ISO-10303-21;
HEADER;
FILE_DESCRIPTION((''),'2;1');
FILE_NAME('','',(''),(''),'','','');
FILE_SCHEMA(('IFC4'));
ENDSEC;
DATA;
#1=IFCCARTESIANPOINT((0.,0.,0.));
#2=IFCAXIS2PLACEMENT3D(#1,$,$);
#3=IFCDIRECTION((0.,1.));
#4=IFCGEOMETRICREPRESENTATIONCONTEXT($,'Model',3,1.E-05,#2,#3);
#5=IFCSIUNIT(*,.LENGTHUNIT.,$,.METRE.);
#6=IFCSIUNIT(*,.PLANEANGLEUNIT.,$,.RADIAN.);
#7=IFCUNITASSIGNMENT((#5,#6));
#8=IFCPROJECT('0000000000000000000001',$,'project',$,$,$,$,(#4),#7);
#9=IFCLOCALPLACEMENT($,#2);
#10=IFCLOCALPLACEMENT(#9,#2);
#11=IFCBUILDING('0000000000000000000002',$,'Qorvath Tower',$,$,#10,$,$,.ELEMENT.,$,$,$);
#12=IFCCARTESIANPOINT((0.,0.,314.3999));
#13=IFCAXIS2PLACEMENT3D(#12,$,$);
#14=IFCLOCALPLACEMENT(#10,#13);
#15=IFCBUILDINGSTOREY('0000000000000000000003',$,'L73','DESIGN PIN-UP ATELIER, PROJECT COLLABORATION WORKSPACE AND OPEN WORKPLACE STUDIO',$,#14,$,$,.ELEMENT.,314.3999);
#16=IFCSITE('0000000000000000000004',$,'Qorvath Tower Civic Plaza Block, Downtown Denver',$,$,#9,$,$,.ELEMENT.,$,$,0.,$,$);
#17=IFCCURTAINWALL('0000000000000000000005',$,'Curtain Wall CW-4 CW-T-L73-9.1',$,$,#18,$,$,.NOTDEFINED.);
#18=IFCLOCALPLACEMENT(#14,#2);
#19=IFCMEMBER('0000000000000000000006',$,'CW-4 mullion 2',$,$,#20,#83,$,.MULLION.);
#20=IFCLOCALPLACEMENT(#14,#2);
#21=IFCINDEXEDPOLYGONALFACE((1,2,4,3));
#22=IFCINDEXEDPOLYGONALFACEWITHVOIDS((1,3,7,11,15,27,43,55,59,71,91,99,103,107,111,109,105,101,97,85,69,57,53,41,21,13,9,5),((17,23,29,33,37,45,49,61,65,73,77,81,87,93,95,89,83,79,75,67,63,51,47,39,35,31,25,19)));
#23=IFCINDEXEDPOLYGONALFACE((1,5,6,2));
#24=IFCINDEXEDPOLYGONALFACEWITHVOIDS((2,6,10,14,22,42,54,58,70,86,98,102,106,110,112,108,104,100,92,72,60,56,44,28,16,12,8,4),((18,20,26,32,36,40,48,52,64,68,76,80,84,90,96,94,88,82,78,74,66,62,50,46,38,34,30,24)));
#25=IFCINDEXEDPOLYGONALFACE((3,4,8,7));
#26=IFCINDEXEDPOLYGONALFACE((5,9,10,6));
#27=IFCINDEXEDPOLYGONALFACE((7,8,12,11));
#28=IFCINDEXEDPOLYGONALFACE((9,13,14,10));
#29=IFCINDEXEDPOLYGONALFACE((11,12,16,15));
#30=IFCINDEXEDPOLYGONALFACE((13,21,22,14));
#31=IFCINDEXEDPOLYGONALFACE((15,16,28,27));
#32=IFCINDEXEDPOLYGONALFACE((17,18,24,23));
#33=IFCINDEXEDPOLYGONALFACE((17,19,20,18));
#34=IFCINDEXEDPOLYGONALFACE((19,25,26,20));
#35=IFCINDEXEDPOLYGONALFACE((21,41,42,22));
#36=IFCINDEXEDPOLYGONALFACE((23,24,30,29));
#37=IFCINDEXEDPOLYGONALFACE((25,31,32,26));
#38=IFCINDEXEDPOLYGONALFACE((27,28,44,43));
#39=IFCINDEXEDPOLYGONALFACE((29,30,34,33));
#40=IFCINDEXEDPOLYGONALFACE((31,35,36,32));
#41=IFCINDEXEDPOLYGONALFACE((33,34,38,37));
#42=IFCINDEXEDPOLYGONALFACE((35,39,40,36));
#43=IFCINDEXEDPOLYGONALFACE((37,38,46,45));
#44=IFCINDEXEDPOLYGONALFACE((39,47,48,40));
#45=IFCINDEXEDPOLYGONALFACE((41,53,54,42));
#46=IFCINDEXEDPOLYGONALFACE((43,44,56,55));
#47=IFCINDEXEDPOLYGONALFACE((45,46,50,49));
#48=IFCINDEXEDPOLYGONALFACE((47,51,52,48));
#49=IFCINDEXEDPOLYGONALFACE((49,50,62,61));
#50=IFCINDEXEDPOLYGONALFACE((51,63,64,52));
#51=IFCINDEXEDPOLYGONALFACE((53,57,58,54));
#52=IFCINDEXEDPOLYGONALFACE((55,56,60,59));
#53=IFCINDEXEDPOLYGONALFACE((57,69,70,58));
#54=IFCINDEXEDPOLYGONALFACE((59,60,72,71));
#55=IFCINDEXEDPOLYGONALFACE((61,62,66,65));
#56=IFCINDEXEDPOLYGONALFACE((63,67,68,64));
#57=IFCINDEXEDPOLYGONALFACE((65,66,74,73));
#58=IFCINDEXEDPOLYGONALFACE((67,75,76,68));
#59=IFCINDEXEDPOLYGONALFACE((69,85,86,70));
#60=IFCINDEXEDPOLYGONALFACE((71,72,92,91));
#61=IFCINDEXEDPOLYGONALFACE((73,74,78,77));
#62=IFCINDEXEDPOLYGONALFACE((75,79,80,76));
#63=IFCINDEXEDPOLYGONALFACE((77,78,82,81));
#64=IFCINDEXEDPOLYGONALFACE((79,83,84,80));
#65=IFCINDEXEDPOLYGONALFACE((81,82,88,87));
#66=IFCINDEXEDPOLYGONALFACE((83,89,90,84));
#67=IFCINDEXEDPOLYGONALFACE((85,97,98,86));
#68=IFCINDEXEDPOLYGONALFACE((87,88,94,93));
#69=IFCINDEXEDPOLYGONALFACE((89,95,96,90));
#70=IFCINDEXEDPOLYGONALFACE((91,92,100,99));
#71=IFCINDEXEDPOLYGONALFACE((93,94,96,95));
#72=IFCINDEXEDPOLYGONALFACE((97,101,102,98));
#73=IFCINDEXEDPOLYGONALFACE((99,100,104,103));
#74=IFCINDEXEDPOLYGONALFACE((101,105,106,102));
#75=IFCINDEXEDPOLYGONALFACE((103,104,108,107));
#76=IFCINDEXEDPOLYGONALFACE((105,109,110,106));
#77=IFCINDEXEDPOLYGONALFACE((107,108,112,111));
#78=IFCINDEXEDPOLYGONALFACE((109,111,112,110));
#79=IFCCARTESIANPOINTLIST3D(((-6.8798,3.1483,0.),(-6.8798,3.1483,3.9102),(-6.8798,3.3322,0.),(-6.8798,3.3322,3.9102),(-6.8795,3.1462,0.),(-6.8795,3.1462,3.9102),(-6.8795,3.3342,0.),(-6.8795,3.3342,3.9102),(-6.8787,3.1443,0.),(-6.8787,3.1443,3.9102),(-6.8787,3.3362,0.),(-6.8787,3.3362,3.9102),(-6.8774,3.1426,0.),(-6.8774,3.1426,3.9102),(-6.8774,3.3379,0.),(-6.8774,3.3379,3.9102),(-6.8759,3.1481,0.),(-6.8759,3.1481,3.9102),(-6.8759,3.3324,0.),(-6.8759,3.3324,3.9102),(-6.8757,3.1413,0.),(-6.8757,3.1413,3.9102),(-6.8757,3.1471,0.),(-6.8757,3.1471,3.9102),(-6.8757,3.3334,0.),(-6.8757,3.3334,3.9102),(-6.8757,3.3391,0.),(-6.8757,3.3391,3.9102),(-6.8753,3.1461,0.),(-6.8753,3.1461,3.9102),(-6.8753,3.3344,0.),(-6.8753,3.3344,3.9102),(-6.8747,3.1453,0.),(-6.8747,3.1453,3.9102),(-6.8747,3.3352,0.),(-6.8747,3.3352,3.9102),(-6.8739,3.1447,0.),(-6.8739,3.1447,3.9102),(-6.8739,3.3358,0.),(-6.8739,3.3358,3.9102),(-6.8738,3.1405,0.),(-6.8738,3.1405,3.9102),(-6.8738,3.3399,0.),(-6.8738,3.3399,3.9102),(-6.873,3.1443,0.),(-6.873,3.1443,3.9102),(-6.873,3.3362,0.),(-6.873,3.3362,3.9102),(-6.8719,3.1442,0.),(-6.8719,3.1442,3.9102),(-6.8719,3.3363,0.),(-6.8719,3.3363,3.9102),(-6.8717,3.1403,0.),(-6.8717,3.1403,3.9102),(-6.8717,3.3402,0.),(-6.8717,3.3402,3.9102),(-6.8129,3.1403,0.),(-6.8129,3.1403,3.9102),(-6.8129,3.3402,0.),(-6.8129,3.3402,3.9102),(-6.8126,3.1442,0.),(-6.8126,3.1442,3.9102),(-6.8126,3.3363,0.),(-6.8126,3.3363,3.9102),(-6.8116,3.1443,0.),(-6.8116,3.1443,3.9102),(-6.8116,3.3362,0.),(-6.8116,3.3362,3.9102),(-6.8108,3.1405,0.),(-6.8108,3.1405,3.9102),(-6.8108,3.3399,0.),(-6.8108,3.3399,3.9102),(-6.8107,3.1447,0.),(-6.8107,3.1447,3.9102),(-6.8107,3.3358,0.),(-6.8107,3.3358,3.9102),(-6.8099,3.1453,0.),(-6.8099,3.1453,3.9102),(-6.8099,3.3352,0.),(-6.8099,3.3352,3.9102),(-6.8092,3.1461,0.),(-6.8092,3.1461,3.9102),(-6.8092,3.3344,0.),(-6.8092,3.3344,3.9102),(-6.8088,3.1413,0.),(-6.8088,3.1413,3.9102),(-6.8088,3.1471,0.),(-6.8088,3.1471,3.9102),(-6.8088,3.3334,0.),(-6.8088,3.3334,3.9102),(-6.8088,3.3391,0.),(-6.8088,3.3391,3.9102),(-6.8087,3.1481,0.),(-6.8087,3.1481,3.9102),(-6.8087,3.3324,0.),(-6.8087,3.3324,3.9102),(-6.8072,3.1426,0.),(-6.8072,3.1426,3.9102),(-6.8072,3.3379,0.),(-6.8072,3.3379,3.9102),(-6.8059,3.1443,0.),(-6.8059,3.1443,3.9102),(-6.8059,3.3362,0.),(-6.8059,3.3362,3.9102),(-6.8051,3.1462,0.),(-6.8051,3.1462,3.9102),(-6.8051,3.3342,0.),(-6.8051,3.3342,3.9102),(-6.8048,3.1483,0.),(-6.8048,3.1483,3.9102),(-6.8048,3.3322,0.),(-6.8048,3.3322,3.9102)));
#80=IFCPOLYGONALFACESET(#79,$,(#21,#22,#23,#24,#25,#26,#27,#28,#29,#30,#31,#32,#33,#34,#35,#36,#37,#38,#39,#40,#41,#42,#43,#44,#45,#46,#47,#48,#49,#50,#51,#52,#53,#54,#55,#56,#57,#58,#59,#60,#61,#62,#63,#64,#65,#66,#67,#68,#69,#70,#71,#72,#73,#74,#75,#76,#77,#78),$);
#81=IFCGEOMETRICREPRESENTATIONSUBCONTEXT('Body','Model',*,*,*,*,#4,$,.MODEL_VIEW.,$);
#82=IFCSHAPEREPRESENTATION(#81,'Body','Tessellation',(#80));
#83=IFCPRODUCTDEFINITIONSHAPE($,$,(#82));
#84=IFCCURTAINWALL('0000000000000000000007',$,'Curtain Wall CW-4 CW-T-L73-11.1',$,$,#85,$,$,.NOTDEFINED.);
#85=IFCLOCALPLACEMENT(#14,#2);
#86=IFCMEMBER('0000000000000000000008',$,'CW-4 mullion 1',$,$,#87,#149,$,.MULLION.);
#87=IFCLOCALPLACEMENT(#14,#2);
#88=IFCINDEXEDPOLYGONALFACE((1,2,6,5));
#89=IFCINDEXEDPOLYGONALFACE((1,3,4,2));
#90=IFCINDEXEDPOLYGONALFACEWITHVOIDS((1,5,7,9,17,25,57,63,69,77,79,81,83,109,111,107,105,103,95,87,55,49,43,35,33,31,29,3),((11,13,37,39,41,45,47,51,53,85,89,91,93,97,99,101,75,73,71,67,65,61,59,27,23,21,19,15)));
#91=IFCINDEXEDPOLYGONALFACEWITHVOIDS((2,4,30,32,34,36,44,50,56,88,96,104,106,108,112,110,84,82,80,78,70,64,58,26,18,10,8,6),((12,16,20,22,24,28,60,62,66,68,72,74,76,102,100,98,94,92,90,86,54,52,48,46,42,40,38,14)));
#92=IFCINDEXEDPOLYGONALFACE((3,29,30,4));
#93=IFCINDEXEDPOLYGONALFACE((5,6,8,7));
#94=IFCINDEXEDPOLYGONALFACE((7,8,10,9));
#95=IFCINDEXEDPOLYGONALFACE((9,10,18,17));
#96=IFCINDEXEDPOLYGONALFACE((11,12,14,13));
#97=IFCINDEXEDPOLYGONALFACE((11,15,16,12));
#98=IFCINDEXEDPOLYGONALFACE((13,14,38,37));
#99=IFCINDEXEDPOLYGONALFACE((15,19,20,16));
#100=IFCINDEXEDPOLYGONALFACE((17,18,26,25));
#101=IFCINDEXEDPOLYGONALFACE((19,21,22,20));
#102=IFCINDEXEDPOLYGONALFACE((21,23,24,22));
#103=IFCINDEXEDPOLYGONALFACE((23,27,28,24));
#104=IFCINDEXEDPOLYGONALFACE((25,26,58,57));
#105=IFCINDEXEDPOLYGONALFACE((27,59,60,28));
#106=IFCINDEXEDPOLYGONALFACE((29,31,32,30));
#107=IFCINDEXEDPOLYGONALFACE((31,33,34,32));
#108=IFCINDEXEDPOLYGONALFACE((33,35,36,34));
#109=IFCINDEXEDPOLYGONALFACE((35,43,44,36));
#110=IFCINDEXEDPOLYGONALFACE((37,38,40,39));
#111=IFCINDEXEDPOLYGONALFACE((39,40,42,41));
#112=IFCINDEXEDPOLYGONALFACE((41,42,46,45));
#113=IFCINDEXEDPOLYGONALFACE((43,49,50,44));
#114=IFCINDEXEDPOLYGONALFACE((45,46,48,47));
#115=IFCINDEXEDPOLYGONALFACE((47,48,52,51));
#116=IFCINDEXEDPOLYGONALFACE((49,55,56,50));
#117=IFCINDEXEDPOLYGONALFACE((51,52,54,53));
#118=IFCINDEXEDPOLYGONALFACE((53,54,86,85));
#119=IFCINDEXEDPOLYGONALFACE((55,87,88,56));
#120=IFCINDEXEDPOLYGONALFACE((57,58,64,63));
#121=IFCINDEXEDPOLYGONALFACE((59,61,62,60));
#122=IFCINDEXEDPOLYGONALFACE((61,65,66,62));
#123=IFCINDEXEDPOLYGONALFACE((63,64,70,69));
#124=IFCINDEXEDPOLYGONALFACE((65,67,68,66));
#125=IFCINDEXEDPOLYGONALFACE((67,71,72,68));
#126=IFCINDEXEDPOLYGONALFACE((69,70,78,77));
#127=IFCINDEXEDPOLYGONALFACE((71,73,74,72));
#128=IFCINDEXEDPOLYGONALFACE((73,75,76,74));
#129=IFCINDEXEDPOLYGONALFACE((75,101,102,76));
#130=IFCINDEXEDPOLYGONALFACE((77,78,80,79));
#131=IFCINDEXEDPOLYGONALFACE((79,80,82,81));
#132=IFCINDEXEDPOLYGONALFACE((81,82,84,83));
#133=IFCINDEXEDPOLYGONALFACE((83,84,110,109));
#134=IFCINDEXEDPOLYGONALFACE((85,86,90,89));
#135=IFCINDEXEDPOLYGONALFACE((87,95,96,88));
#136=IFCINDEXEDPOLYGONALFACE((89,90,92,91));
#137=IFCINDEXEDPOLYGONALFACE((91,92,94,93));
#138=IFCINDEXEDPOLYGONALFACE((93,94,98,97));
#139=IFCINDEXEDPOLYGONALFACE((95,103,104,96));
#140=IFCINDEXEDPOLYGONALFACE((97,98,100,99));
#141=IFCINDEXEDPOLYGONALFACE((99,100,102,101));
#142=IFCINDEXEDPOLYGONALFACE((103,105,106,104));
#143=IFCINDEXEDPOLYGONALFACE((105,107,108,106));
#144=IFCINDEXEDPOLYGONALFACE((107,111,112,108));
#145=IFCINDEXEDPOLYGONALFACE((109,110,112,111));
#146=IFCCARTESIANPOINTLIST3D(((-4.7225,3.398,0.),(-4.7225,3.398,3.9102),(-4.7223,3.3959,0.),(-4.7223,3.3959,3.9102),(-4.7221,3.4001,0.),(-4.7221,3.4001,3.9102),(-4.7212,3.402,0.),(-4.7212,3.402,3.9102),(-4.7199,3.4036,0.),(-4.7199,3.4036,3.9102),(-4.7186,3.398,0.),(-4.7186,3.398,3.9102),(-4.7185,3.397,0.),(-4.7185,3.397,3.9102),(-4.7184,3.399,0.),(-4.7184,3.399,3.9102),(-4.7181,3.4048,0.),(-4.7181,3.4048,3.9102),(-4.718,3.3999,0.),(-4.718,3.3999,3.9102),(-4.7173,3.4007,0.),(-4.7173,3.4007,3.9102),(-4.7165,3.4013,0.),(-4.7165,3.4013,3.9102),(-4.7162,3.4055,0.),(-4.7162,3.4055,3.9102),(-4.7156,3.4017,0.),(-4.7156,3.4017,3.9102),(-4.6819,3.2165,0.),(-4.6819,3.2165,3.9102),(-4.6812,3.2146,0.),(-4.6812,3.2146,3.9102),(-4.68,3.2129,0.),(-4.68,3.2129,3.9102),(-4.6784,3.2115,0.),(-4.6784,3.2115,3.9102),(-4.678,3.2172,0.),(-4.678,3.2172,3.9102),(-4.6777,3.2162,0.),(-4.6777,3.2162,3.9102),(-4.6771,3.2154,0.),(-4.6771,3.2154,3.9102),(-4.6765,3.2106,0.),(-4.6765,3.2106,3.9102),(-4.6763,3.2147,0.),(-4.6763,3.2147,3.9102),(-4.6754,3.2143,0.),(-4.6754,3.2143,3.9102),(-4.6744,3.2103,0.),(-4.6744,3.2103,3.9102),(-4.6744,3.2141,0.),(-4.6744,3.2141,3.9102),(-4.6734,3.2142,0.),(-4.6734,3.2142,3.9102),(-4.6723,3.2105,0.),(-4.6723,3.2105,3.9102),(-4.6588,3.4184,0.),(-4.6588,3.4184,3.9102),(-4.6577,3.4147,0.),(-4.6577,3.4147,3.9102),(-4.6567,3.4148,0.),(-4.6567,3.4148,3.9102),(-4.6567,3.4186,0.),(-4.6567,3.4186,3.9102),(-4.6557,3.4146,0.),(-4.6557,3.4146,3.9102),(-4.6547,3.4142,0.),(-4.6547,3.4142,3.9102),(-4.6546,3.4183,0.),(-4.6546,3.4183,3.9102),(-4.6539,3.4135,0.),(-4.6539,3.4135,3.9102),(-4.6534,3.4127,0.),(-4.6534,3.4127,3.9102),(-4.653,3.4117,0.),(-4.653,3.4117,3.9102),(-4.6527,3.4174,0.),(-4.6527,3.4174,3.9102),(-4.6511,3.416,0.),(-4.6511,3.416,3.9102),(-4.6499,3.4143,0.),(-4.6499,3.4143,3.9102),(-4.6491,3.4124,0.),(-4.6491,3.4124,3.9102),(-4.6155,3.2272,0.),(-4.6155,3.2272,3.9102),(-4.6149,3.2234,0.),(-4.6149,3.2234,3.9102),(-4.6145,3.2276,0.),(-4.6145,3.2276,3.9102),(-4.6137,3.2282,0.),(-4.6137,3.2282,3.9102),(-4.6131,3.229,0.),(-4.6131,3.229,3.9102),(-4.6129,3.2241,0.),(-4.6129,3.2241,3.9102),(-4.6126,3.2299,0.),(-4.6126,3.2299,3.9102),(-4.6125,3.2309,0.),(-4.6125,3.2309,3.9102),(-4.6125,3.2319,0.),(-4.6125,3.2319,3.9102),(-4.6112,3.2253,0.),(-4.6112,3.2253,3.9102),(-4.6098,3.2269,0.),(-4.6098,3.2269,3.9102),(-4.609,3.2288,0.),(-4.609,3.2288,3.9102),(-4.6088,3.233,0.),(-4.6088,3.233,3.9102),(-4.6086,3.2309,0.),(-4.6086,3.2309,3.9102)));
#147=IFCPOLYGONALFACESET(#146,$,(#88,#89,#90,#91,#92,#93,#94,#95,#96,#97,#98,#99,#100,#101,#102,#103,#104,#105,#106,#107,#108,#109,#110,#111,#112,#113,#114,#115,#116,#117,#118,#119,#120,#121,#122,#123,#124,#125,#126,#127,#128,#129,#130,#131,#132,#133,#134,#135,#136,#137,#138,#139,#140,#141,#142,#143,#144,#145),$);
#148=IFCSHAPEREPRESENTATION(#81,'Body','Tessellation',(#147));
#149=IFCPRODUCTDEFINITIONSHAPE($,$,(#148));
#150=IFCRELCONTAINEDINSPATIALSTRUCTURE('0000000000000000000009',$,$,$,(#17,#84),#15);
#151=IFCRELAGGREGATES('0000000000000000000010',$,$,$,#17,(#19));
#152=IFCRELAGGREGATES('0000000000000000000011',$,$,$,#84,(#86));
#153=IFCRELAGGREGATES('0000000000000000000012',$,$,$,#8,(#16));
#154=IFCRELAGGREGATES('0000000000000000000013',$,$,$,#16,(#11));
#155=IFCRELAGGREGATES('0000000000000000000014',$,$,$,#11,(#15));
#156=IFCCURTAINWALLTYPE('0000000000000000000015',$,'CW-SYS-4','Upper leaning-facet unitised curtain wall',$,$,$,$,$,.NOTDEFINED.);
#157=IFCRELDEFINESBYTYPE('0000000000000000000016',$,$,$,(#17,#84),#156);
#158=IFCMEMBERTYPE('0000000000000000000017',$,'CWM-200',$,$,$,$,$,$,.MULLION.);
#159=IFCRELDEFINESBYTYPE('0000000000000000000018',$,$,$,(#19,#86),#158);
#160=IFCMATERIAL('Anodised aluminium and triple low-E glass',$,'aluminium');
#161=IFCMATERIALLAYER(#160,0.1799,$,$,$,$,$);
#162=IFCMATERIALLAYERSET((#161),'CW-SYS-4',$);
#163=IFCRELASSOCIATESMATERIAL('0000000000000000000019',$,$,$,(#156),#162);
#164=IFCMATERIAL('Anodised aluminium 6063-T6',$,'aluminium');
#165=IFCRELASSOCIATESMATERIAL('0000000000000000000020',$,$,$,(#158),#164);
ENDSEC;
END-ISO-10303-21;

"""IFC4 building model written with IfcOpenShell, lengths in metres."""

from ifc_helpers import new_model, si_unit, direction, frame, origin, origin_2d, place, context, subcontext, project, spatial, hollow_rectangle, extrude, material, layer, layer_set, material_profile, profile_set, type_object, element, aggregate, save


model = new_model("IFC4")

# Units and contexts
model_context = context("Model", 3, precision=1e-05, world=origin(), true_north=direction((0.0, 1.0)))
body_context = subcontext(model_context, "Body", "Model", "MODEL_VIEW")
ifc_project = project(units=[si_unit("LENGTHUNIT", "METRE"), si_unit("PLANEANGLEUNIT", "RADIAN")], contexts=[model_context])

# Site, building, storey
site_placement = place(None, origin())
site = spatial("IfcSite", under=ifc_project, at=site_placement, Name="Qorvath Tower Civic Plaza Block, Downtown Denver", CompositionType="ELEMENT", RefElevation=0.0)
building_placement = place(site_placement, origin())
building = spatial("IfcBuilding", under=site, at=building_placement, Name="Qorvath Tower", CompositionType="ELEMENT")
storey_placement = place(building_placement, frame((0.0, 0.0, 314.3999)))
storey = spatial("IfcBuildingStorey", under=building, at=storey_placement, Name="L73", Description="DESIGN PIN-UP ATELIER, PROJECT COLLABORATION WORKSPACE AND OPEN WORKPLACE STUDIO", CompositionType="ELEMENT", Elevation=314.3999)

# Curtain wall, member
ifc_material_1 = material(Name="Anodised aluminium and triple low-E glass", Category="aluminium")
ifc_layer_1 = layer(ifc_material_1, 0.1799)
ifc_layer_set_1 = layer_set([ifc_layer_1], Name="CW-SYS-4")
curtain_wall_type = type_object("IfcCurtainWallType", Name="CW-SYS-4", Description="Upper leaning-facet unitised curtain wall", PredefinedType="NOTDEFINED", material=ifc_layer_set_1)
curtain_wall_1_placement = place(storey_placement, origin())
curtain_wall_1 = element("IfcCurtainWall", 1, at=curtain_wall_1_placement, inside=storey, type_object=curtain_wall_type, Name="Curtain Wall CW-4 CW-T-L73-9.1", PredefinedType="NOTDEFINED")
ifc_material_2 = material(Name="Anodised aluminium 6063-T6", Category="aluminium")
ifc_material_profile_1 = material_profile(ifc_material_2, hollow_rectangle(XDim=0.075, YDim=0.2, WallThickness=0.0039, InnerFilletRadius=0.0039, OuterFilletRadius=0.0081, at=origin_2d()), Name="CWM 200x75")
ifc_profile_set_1 = profile_set([ifc_material_profile_1], Name="Anodised aluminium 6063-T6")
member_type_1 = type_object("IfcMemberType", Name="CWM-200", PredefinedType="MULLION", material=ifc_profile_set_1)
member_1_placement = place(storey_placement, frame((-6.8423, 3.2402, 0.0), z_axis=(0.0, 0.0, 1.0), x_axis=(-1.0, 0.0, 0.0)))
member_1 = element("IfcMember", 2, at=member_1_placement, type_object=member_type_1, Name="CW-4 mullion 2", PredefinedType="MULLION", context=body_context, shape_type="SweptSolid", body=[
    extrude(hollow_rectangle(XDim=0.075, YDim=0.2, WallThickness=0.0039, InnerFilletRadius=0.0039, OuterFilletRadius=0.0081, at=origin_2d()), origin(), (0.0, 0.0, 1.0), 3.9102),
])
aggregate(curtain_wall_1, [member_1])

# Curtain wall, member
curtain_wall_2_placement = place(storey_placement, origin())
curtain_wall_2 = element("IfcCurtainWall", 3, at=curtain_wall_2_placement, inside=storey, type_object=curtain_wall_type, Name="Curtain Wall CW-4 CW-T-L73-11.1", PredefinedType="NOTDEFINED")
member_2_placement = place(storey_placement, frame((-4.6655, 3.3145, 0.0), z_axis=(0.0, 0.0, 1.0), x_axis=(-0.975611, -0.219509, 0.0)))
member_2 = element("IfcMember", 4, at=member_2_placement, type_object=member_type_1, Name="CW-4 mullion 1", PredefinedType="MULLION", context=body_context, shape_type="SweptSolid", body=[
    extrude(hollow_rectangle(XDim=0.075, YDim=0.2, WallThickness=0.0039, InnerFilletRadius=0.0039, OuterFilletRadius=0.0081, at=origin_2d()), origin(), (0.0, 0.0, 1.0), 3.9102),
])
aggregate(curtain_wall_2, [member_2])

save(model, "model.ifc")
